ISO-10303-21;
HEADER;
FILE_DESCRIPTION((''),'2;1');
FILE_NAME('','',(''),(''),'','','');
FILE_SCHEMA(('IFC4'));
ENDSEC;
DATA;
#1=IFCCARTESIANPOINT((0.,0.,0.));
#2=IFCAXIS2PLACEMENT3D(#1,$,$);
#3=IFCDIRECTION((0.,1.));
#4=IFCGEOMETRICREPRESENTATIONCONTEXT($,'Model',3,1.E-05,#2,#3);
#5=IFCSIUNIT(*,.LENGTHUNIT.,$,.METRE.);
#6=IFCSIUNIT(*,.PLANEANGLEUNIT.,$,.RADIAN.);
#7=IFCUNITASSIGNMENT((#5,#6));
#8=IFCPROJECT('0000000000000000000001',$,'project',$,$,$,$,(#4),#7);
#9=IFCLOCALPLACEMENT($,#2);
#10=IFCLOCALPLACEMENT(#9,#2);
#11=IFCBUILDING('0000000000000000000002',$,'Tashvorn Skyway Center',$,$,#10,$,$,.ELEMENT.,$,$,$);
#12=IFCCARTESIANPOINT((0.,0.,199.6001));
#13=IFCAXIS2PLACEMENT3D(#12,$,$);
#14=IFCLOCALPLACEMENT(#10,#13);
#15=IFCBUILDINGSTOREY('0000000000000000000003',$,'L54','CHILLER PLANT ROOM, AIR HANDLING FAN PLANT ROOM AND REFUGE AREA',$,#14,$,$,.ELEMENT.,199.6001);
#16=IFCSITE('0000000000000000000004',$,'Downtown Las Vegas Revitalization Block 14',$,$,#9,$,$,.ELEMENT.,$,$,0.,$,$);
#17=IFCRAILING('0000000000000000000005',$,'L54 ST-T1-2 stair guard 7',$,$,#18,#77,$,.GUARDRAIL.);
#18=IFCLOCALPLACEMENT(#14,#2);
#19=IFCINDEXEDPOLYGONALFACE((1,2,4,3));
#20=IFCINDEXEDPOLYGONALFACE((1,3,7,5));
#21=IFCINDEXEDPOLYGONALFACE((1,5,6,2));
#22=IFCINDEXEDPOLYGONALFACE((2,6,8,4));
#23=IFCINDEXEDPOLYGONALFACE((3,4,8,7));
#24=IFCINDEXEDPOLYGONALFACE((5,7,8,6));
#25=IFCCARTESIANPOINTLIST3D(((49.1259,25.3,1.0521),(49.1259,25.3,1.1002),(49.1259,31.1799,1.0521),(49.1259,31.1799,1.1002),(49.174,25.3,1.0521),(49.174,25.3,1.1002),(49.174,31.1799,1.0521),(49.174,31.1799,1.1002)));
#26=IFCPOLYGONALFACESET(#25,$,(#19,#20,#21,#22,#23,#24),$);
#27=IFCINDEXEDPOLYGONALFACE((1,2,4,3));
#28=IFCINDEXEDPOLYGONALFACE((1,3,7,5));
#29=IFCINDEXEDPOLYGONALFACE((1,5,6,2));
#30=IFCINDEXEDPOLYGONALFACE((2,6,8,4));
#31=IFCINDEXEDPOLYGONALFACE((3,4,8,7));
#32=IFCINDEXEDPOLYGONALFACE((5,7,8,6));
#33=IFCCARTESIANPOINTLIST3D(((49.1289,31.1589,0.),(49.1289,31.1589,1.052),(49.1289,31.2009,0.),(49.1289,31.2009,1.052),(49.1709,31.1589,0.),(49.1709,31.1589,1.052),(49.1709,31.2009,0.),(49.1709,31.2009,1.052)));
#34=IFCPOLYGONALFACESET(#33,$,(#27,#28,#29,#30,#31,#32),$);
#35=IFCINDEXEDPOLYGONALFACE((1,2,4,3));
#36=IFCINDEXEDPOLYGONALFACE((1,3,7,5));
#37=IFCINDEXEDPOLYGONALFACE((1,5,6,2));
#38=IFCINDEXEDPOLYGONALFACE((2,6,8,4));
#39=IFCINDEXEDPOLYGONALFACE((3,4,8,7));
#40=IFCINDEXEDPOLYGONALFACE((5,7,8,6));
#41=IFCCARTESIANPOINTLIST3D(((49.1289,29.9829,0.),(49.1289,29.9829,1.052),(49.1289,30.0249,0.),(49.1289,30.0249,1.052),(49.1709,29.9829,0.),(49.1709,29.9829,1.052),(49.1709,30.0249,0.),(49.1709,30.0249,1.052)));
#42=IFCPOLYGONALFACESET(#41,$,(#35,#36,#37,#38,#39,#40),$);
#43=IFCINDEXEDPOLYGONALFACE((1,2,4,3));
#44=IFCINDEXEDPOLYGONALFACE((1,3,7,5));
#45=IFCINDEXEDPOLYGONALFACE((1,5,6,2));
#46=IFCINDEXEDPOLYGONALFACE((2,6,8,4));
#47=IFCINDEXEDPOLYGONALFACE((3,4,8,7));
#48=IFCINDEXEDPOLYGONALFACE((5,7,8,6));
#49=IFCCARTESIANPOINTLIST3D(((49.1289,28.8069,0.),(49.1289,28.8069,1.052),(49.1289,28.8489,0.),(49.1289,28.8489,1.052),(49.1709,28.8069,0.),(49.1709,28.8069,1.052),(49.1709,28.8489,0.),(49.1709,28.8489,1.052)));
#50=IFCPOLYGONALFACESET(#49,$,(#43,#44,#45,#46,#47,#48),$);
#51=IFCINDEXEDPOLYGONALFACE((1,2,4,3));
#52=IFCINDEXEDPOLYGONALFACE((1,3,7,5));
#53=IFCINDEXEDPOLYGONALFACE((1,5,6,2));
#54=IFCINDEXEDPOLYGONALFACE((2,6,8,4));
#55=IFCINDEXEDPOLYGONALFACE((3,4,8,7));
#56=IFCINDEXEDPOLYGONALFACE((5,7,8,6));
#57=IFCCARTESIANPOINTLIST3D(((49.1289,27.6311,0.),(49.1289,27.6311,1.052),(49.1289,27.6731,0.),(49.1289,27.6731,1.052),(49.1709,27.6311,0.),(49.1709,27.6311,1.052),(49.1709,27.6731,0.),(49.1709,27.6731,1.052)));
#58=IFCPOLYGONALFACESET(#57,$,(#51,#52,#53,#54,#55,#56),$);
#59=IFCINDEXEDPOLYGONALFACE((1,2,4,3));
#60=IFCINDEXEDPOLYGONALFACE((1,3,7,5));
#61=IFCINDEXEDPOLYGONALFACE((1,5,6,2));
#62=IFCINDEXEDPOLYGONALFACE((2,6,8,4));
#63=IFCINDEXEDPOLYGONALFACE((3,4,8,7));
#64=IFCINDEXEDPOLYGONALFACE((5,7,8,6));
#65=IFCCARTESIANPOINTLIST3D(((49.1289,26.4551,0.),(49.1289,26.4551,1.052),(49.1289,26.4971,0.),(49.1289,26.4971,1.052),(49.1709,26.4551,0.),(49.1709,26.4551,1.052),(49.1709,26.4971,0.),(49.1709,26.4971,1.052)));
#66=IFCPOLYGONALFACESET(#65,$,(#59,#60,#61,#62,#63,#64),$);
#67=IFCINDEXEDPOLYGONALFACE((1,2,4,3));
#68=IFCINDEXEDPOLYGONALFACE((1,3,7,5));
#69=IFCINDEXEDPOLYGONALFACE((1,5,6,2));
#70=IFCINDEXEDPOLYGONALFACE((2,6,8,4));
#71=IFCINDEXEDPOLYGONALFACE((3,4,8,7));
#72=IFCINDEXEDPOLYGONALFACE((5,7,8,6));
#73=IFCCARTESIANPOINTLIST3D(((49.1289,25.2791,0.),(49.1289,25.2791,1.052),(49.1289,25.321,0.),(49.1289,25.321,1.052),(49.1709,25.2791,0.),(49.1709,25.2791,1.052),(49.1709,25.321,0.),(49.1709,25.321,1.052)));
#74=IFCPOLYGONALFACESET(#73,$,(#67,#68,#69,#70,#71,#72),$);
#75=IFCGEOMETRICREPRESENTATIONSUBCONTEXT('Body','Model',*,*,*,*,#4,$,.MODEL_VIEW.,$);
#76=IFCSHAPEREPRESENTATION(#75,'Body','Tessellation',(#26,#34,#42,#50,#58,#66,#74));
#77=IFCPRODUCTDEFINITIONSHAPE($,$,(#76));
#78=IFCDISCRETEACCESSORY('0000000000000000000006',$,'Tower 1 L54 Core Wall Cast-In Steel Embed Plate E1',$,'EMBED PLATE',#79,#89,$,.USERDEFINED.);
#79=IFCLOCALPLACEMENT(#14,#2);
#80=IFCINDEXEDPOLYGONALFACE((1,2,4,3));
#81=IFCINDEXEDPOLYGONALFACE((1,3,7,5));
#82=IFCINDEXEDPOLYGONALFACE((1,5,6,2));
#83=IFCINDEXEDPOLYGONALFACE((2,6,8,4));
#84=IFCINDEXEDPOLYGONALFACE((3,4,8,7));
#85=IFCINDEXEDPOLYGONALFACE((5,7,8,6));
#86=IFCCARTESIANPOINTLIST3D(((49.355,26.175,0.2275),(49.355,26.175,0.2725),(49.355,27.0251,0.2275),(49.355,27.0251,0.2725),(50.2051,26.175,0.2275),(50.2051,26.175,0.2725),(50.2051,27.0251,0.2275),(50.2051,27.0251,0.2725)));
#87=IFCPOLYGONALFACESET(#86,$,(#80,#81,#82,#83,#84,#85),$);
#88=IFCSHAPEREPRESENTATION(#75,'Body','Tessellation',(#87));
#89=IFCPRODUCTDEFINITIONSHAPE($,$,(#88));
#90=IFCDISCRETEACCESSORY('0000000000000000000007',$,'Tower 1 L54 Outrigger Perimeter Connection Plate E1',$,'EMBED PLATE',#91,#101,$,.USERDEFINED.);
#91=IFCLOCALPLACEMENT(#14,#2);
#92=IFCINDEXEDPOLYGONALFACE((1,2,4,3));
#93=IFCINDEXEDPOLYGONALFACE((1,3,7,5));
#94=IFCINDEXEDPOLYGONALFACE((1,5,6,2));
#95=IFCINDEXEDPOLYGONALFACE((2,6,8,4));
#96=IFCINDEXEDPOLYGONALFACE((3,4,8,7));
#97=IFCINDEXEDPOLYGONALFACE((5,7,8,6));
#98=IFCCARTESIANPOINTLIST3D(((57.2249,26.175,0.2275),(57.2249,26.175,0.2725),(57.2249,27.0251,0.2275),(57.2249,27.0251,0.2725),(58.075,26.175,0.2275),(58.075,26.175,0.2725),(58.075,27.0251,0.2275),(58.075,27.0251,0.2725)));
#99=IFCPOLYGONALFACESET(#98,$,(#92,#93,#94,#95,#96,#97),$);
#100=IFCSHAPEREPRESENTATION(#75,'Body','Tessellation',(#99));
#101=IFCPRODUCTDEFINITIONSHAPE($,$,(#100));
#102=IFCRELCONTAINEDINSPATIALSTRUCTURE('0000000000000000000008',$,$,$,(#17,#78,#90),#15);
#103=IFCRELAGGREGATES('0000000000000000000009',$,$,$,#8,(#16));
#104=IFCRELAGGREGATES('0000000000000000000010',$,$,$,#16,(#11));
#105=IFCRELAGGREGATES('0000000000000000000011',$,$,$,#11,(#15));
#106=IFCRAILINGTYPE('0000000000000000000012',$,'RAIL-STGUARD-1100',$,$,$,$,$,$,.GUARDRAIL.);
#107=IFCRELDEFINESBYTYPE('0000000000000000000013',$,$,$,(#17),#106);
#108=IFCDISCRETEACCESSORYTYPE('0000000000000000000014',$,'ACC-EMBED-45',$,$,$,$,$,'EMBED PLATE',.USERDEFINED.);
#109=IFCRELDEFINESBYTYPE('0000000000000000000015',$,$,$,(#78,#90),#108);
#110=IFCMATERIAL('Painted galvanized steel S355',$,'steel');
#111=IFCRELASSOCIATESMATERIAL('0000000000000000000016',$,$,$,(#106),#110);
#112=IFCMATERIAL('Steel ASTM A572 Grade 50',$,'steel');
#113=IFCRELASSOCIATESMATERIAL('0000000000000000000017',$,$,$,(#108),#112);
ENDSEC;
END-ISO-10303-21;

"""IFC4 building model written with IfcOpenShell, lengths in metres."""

from ifc_helpers import new_model, si_unit, direction, frame, origin, origin_2d, place, context, subcontext, project, spatial, rectangle, extrude, material, type_object, element, save


model = new_model("IFC4")

# Units and contexts
model_context = context("Model", 3, precision=1e-05, world=origin(), true_north=direction((0.0, 1.0)))
body_context = subcontext(model_context, "Body", "Model", "MODEL_VIEW")
ifc_project = project(units=[si_unit("LENGTHUNIT", "METRE"), si_unit("PLANEANGLEUNIT", "RADIAN")], contexts=[model_context])

# Site, building, storey
site_placement = place(None, origin())
site = spatial("IfcSite", under=ifc_project, at=site_placement, Name="Downtown Las Vegas Revitalization Block 14", CompositionType="ELEMENT", RefElevation=0.0)
building_placement = place(site_placement, origin())
building = spatial("IfcBuilding", under=site, at=building_placement, Name="Tashvorn Skyway Center", CompositionType="ELEMENT")
storey_placement = place(building_placement, frame((0.0, 0.0, 199.6001)))
storey = spatial("IfcBuildingStorey", under=building, at=storey_placement, Name="L54", Description="CHILLER PLANT ROOM, AIR HANDLING FAN PLANT ROOM AND REFUGE AREA", CompositionType="ELEMENT", Elevation=199.6001)

# Shared definitions
ifc_material_1 = material(Name="Steel ASTM A572 Grade 50", Category="steel")

# Railing
ifc_material_2 = material(Name="Painted galvanized steel S355", Category="steel")
railing_type_1 = type_object("IfcRailingType", Name="RAIL-STGUARD-1100", PredefinedType="GUARDRAIL", material=ifc_material_2)
railing_1_placement = place(storey_placement, frame((49.1499, 31.1799, 0.0)))
element("IfcRailing", 1, at=railing_1_placement, inside=storey, type_object=railing_type_1, Name="L54 ST-T1-2 stair guard 7", PredefinedType="GUARDRAIL", context=body_context, shape_type="SweptSolid", body=[
    extrude(rectangle(XDim=0.0481, YDim=0.0481, at=origin_2d()), frame((0.0, 0.0, 1.0762), z_axis=(0.0, -1.0, 0.0), x_axis=(1.0, 0.0, 0.0)), (0.0, 0.0, 1.0), 5.8799),
    extrude(rectangle(XDim=0.042, YDim=0.042, at=origin_2d()), origin(), (0.0, 0.0, 1.0), 1.052),
    extrude(rectangle(XDim=0.042, YDim=0.042, at=origin_2d()), frame((0.0, -1.176, 0.0)), (0.0, 0.0, 1.0), 1.052),
    extrude(rectangle(XDim=0.042, YDim=0.042, at=origin_2d()), frame((0.0, -2.3521, 0.0)), (0.0, 0.0, 1.0), 1.052),
    extrude(rectangle(XDim=0.042, YDim=0.042, at=origin_2d()), frame((0.0, -3.5278, 0.0)), (0.0, 0.0, 1.0), 1.052),
    extrude(rectangle(XDim=0.042, YDim=0.042, at=origin_2d()), frame((0.0, -4.7039, 0.0)), (0.0, 0.0, 1.0), 1.052),
    extrude(rectangle(XDim=0.042, YDim=0.042, at=origin_2d()), frame((0.0, -5.8799, 0.0)), (0.0, 0.0, 1.0), 1.052),
])

# Discrete accessories
discrete_accessory_type = type_object("IfcDiscreteAccessoryType", Name="ACC-EMBED-45", ElementType="EMBED PLATE", PredefinedType="USERDEFINED", material=ifc_material_1)
for number, where, z_axis, x_axis, name in (
    (2, (49.78, 26.6001, 0.2275), (0.0, 0.0, 1.0), (1.0, 0.0, 0.0), "Tower 1 L54 Core Wall Cast-In Steel Embed Plate E1"),
    (3, (57.6499, 26.6001, 0.2275), (0.0, 0.0, 1.0), (1.0, 0.0, 0.0), "Tower 1 L54 Outrigger Perimeter Connection Plate E1"),
):
    element("IfcDiscreteAccessory", number, at=place(storey_placement, frame(where, z_axis=z_axis, x_axis=x_axis)), inside=storey, type_object=discrete_accessory_type, Name=name, ObjectType="EMBED PLATE", PredefinedType="USERDEFINED", context=body_context, shape_type="SweptSolid", body=[
        extrude(rectangle(XDim=0.8501, YDim=0.8501, at=origin_2d()), origin(), (0.0, 0.0, 1.0), 0.0449),
    ])

save(model, "model.ifc")
